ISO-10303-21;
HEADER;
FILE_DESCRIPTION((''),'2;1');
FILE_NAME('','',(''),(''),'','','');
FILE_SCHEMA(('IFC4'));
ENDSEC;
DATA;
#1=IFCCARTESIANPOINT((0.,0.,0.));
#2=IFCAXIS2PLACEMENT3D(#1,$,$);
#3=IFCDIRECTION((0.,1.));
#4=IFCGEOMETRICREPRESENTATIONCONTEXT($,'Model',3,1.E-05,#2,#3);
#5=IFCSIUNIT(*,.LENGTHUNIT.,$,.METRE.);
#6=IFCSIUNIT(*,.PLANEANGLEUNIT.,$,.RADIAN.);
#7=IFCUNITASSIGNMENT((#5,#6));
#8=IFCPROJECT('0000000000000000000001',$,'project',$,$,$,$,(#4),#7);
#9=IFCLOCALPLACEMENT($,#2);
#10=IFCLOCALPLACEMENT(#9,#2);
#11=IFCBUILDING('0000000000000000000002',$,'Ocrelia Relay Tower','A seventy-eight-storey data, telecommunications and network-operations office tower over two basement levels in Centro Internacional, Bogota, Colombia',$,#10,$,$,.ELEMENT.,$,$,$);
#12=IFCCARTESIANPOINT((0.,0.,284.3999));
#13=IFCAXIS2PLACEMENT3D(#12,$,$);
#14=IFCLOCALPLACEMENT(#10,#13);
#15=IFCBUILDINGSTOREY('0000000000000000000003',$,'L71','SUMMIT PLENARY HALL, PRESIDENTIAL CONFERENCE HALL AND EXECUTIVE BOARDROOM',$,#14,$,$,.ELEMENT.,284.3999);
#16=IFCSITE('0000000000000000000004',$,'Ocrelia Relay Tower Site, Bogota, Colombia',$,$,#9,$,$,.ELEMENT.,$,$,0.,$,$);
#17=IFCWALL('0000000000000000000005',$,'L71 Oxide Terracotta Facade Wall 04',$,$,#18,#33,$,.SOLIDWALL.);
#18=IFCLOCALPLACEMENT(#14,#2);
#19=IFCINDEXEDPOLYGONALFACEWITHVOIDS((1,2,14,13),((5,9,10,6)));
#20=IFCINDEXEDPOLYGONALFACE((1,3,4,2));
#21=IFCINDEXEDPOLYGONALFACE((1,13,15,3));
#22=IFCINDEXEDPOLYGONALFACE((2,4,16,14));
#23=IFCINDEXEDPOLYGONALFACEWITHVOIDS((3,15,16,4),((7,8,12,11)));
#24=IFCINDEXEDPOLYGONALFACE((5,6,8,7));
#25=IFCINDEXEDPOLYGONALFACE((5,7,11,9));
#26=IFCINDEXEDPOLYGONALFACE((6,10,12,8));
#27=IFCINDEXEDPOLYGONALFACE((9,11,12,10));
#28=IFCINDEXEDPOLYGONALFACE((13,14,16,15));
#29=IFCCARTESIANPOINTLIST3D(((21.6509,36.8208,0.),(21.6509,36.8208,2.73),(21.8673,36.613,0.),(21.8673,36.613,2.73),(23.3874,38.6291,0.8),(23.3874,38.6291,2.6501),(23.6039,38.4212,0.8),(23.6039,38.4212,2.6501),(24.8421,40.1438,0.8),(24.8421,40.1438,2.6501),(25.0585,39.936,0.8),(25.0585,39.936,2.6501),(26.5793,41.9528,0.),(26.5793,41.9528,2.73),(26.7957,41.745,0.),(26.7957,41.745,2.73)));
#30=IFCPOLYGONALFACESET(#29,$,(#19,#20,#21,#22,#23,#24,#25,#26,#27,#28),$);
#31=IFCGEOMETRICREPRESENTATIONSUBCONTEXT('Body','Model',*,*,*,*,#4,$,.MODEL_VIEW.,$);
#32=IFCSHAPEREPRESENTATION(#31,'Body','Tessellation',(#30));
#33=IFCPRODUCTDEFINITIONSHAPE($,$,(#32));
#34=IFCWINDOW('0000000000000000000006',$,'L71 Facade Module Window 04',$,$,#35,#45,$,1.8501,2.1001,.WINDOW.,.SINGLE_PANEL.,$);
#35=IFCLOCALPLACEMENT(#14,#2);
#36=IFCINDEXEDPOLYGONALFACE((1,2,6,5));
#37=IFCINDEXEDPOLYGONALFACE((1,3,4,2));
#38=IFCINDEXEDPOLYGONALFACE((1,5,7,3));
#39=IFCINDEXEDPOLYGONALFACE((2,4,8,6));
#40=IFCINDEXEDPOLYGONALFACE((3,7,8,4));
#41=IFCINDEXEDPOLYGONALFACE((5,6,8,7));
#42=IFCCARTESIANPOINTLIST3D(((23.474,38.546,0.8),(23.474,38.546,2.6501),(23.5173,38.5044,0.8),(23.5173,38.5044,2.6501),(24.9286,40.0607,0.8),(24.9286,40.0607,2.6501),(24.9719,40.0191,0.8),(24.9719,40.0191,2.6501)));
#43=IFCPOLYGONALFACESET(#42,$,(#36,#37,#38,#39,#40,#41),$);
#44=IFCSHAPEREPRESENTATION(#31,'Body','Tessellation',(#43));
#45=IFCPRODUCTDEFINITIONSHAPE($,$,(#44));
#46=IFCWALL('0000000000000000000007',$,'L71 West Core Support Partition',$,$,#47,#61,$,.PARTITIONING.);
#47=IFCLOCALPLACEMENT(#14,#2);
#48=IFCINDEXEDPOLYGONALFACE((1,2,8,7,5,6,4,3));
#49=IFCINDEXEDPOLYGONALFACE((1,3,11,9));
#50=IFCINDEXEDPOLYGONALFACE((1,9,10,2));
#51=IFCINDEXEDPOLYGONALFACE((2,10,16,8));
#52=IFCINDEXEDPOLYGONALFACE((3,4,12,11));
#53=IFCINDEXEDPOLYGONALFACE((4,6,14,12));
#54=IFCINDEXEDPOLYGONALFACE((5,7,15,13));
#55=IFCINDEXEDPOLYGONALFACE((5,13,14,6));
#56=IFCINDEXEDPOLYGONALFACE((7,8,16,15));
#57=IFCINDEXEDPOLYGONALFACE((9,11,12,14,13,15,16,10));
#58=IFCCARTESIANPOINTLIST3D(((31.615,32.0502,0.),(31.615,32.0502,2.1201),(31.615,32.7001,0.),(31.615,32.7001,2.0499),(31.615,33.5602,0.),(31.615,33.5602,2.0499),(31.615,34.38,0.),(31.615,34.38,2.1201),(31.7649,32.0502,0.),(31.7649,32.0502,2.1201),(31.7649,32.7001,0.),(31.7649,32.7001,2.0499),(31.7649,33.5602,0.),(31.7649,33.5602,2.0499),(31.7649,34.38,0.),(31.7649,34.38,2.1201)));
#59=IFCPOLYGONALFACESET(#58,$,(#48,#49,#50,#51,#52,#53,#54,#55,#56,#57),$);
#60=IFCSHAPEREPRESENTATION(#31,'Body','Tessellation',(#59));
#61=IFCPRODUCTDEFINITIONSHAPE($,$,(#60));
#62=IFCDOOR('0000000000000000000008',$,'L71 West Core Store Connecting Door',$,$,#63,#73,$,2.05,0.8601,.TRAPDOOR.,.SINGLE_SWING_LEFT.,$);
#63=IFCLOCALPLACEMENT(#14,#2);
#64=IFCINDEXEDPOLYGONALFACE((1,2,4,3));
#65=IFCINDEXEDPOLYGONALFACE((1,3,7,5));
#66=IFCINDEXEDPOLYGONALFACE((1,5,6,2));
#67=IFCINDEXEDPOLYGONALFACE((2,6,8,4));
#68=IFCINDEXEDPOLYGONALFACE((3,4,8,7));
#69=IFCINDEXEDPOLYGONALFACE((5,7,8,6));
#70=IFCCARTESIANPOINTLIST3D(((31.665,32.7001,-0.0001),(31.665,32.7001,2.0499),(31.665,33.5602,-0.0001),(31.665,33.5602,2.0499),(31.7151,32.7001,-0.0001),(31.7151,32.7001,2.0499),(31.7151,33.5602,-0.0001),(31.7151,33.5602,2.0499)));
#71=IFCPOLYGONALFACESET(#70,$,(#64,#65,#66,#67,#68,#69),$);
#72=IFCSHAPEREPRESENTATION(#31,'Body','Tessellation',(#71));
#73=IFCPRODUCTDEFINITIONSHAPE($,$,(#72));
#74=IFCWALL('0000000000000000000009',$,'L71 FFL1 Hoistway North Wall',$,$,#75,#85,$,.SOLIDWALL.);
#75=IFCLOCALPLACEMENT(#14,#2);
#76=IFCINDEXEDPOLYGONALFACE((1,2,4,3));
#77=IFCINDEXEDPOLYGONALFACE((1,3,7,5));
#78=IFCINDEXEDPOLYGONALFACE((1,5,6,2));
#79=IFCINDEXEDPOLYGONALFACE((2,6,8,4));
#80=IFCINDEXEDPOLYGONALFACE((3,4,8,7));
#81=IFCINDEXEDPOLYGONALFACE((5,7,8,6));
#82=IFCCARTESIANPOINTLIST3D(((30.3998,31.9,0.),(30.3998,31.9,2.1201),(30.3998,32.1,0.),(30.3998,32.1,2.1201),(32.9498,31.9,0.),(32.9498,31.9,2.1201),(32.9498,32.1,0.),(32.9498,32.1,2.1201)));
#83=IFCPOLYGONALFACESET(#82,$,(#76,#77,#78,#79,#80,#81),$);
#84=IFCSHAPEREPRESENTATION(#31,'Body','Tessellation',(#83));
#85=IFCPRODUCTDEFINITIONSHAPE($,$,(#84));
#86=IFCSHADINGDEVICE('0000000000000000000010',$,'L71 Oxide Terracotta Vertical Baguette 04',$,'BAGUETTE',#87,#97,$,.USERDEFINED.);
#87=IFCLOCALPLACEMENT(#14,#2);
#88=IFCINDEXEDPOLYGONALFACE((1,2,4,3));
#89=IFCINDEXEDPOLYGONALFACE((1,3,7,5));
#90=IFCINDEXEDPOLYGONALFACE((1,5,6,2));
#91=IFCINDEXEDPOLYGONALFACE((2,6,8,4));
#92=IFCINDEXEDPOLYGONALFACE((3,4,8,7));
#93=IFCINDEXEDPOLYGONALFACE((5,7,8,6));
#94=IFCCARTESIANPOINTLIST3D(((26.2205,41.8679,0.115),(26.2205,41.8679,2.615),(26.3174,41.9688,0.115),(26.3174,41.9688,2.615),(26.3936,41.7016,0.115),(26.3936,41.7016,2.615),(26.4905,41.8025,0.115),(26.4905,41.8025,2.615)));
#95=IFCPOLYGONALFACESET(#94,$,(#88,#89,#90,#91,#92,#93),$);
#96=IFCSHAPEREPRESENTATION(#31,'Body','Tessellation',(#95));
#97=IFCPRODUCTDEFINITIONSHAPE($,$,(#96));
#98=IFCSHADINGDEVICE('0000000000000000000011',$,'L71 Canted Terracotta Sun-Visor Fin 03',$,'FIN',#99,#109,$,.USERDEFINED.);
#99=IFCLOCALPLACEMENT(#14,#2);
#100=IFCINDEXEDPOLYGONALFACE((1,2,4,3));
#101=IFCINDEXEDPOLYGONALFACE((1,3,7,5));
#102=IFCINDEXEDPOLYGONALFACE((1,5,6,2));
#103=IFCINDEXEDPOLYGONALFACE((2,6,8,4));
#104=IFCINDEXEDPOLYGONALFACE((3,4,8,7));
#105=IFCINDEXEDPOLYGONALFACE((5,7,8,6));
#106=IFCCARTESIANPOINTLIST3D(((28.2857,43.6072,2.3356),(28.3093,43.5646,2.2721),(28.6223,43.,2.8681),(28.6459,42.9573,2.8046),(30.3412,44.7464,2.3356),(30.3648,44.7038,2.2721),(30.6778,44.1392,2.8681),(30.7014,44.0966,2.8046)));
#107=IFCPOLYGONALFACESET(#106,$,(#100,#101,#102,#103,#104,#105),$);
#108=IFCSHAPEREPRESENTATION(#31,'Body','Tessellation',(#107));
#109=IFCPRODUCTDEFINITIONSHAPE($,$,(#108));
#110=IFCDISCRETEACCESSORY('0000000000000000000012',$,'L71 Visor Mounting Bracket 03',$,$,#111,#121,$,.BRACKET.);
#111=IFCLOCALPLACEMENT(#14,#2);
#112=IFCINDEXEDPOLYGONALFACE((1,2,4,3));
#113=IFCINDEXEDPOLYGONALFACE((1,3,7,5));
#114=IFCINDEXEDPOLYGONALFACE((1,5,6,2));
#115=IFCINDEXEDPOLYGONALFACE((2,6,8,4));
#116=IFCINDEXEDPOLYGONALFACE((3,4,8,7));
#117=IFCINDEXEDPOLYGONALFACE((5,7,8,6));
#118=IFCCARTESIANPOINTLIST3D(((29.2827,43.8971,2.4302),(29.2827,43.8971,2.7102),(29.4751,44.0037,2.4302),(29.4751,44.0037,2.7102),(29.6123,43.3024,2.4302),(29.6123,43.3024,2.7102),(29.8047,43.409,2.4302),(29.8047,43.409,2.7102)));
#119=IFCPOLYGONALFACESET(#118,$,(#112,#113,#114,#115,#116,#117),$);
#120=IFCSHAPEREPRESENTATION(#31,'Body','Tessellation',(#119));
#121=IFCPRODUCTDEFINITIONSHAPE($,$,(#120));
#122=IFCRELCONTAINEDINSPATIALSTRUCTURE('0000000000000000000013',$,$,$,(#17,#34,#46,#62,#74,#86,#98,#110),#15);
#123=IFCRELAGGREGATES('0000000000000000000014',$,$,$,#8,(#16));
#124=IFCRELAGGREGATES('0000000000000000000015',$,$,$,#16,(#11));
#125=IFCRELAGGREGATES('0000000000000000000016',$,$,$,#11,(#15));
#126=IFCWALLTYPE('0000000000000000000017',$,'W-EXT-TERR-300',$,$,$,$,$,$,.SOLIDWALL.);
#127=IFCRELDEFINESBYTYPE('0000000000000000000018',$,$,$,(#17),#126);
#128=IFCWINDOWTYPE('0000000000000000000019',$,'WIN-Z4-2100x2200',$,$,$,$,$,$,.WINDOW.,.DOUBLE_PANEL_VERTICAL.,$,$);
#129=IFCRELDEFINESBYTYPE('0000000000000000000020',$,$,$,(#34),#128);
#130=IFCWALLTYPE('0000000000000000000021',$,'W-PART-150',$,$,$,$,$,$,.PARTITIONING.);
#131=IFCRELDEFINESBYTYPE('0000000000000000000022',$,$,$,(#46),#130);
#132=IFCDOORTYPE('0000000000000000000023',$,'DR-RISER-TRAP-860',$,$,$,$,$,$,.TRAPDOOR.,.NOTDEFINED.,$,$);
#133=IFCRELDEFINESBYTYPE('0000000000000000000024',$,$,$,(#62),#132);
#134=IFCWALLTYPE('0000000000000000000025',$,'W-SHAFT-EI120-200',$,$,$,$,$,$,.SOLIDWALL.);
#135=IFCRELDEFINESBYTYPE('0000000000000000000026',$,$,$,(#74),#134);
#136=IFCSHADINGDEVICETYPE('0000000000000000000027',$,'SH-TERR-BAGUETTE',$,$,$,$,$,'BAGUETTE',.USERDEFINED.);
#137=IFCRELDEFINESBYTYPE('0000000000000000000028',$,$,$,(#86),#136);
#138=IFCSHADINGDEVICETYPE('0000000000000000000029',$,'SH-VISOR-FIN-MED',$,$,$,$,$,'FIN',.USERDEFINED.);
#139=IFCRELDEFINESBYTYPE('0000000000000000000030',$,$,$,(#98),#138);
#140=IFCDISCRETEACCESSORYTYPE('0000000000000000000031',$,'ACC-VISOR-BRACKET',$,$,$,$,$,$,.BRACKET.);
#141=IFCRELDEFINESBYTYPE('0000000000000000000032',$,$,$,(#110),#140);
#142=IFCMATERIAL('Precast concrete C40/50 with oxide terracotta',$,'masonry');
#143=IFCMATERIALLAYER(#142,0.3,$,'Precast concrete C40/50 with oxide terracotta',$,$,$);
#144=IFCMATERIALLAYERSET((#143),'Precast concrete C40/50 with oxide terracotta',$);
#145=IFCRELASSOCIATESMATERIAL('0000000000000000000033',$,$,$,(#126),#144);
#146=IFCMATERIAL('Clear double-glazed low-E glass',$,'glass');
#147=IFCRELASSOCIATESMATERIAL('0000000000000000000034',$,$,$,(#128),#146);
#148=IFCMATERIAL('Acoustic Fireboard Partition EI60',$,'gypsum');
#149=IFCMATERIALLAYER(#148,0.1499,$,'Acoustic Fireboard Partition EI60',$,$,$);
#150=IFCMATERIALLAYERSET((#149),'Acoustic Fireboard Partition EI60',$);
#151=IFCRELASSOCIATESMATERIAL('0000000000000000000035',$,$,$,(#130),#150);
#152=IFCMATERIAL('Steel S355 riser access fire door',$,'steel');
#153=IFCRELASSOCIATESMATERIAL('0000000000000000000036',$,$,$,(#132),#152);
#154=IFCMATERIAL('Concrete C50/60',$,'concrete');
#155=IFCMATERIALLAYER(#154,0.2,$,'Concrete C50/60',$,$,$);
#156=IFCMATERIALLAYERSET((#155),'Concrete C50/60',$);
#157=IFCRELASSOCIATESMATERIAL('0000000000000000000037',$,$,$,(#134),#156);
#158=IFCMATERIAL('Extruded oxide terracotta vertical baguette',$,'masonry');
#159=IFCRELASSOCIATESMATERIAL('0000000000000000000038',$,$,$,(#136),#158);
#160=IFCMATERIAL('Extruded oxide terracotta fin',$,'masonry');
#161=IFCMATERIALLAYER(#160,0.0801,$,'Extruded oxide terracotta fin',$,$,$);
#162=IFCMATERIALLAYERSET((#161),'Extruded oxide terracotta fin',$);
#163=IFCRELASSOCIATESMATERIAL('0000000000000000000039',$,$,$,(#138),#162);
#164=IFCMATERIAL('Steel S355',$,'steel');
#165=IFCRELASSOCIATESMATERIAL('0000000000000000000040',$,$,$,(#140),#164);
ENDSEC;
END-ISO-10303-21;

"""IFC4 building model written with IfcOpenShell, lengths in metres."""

from ifc_helpers import new_model, si_unit, direction, frame, frame_2d, origin, origin_2d, place, context, subcontext, project, spatial, rectangle, extrude, material, layer, layer_set, type_object, element, fill, save


model = new_model("IFC4")

# Units and contexts
model_context = context("Model", 3, precision=1e-05, world=origin(), true_north=direction((0.0, 1.0)))
body_context = subcontext(model_context, "Body", "Model", "MODEL_VIEW")
ifc_project = project(units=[si_unit("LENGTHUNIT", "METRE"), si_unit("PLANEANGLEUNIT", "RADIAN")], contexts=[model_context])

# Site, building, storey
site_placement = place(None, origin())
site = spatial("IfcSite", under=ifc_project, at=site_placement, Name="Ocrelia Relay Tower Site, Bogota, Colombia", CompositionType="ELEMENT", RefElevation=0.0)
building_placement = place(site_placement, origin())
building = spatial("IfcBuilding", under=site, at=building_placement, Name="Ocrelia Relay Tower", Description="A seventy-eight-storey data, telecommunications and network-operations office tower over two basement levels in Centro Internacional, Bogota, Colombia", CompositionType="ELEMENT")
storey_placement = place(building_placement, frame((0.0, 0.0, 284.3999)))
storey = spatial("IfcBuildingStorey", under=building, at=storey_placement, Name="L71", Description="SUMMIT PLENARY HALL, PRESIDENTIAL CONFERENCE HALL AND EXECUTIVE BOARDROOM", CompositionType="ELEMENT", Elevation=284.3999)

# Shared definitions
ifc_material_1 = material(Name="Concrete C50/60", Category="concrete")

# Shared definitions
ifc_material_2 = material(Name="Steel S355", Category="steel")

# Wall, opening, window
ifc_material_3 = material(Name="Precast concrete C40/50 with oxide terracotta", Category="masonry")
ifc_layer_1 = layer(ifc_material_3, 0.3, Name="Precast concrete C40/50 with oxide terracotta")
ifc_layer_set_1 = layer_set([ifc_layer_1], Name="Precast concrete C40/50 with oxide terracotta")
wall_type_1 = type_object("IfcWallType", Name="W-EXT-TERR-300", PredefinedType="SOLIDWALL", material=ifc_layer_set_1)
wall_1_placement = place(storey_placement, frame((26.6875, 41.8489, 0.0), z_axis=(0.0, 0.0, 1.0), x_axis=(-0.692654, -0.72127, 0.0)))
wall_1 = element("IfcWall", 1, at=wall_1_placement, inside=storey, type_object=wall_type_1, Name="L71 Oxide Terracotta Facade Wall 04", PredefinedType="SOLIDWALL", context=body_context, shape_type="SweptSolid", body=[
    extrude(rectangle(XDim=7.1152, YDim=0.3, at=frame_2d((3.5576, 0.0))), origin(), (0.0, 0.0, 1.0), 2.73),
])
opening_1_placement = place(wall_1_placement, frame((2.5081, 0.0, 0.8)))
opening_1 = element("IfcOpeningElement", 2, at=opening_1_placement, cuts=wall_1, PredefinedType="OPENING", context=body_context, shape_type="SweptSolid", body=[
    extrude(rectangle(XDim=2.1001, YDim=1.8501, at=frame_2d((1.05, 0.925))), frame((0.0, 0.1602, 0.0), z_axis=(0.0, -1.0, 0.0), x_axis=(1.0, 0.0, 0.0)), (0.0, 0.0, 1.0), 0.3201),
])
ifc_material_4 = material(Name="Clear double-glazed low-E glass", Category="glass")
window_type = type_object("IfcWindowType", Name="WIN-Z4-2100x2200", PartitioningType="DOUBLE_PANEL_VERTICAL", PredefinedType="WINDOW", material=ifc_material_4)
window_placement = place(opening_1_placement, origin())
window = element("IfcWindow", 3, at=window_placement, inside=storey, type_object=window_type, Name="L71 Facade Module Window 04", OverallHeight=1.8501, OverallWidth=2.1001, PartitioningType="SINGLE_PANEL", PredefinedType="WINDOW", context=body_context, shape_type="SweptSolid", body=[
    extrude(rectangle(XDim=2.1001, YDim=1.8501, at=frame_2d((1.05, 0.925))), frame((0.0, 0.03, 0.0), z_axis=(0.0, -1.0, 0.0), x_axis=(1.0, 0.0, 0.0)), (0.0, 0.0, 1.0), 0.0601),
])
fill(opening_1, window)

# Wall, opening, door
ifc_material_5 = material(Name="Acoustic Fireboard Partition EI60", Category="gypsum")
ifc_layer_2 = layer(ifc_material_5, 0.1499, Name="Acoustic Fireboard Partition EI60")
ifc_layer_set_2 = layer_set([ifc_layer_2], Name="Acoustic Fireboard Partition EI60")
wall_type_2 = type_object("IfcWallType", Name="W-PART-150", PredefinedType="PARTITIONING", material=ifc_layer_set_2)
wall_2_placement = place(storey_placement, frame((31.6899, 32.05, 0.0), z_axis=(0.0, 0.0, 1.0), x_axis=(0.0, 1.0, 0.0)))
wall_2 = element("IfcWall", 4, at=wall_2_placement, inside=storey, type_object=wall_type_2, Name="L71 West Core Support Partition", PredefinedType="PARTITIONING", context=body_context, shape_type="SweptSolid", body=[
    extrude(rectangle(XDim=2.3298, YDim=0.1499, at=frame_2d((1.165, 0.0))), origin(), (0.0, 0.0, 1.0), 2.1201),
])
opening_2_placement = place(wall_2_placement, frame((0.6499, 0.0, 0.0)))
opening_2 = element("IfcOpeningElement", 5, at=opening_2_placement, cuts=wall_2, PredefinedType="OPENING", context=body_context, shape_type="SweptSolid", body=[
    extrude(rectangle(XDim=0.8601, YDim=2.05, at=frame_2d((0.4302, 1.0249))), frame((0.0, 0.085, 0.0), z_axis=(0.0, -1.0, 0.0), x_axis=(1.0, 0.0, 0.0)), (0.0, 0.0, 1.0), 0.1699),
])
ifc_material_6 = material(Name="Steel S355 riser access fire door", Category="steel")
door_type_1 = type_object("IfcDoorType", Name="DR-RISER-TRAP-860", OperationType="NOTDEFINED", PredefinedType="TRAPDOOR", material=ifc_material_6)
door_1_placement = place(opening_2_placement, origin())
door_1 = element("IfcDoor", 6, at=door_1_placement, inside=storey, type_object=door_type_1, Name="L71 West Core Store Connecting Door", OperationType="SINGLE_SWING_LEFT", OverallHeight=2.05, OverallWidth=0.8601, PredefinedType="TRAPDOOR", context=body_context, shape_type="SweptSolid", body=[
    extrude(rectangle(XDim=0.8601, YDim=2.05, at=frame_2d((0.4302, 1.0249))), frame((0.0, 0.0249, 0.0), z_axis=(0.0, -1.0, 0.0), x_axis=(1.0, 0.0, 0.0)), (0.0, 0.0, 1.0), 0.05),
])
fill(opening_2, door_1)

# Wall
ifc_layer_3 = layer(ifc_material_1, 0.2, Name="Concrete C50/60")
ifc_layer_set_3 = layer_set([ifc_layer_3], Name="Concrete C50/60")
wall_type_3 = type_object("IfcWallType", Name="W-SHAFT-EI120-200", PredefinedType="SOLIDWALL", material=ifc_layer_set_3)
wall_3_placement = place(storey_placement, frame((30.3999, 32.0, 0.0), z_axis=(0.0, 0.0, 1.0), x_axis=(1.0, 0.0, 0.0)))
element("IfcWall", 7, at=wall_3_placement, inside=storey, type_object=wall_type_3, Name="L71 FFL1 Hoistway North Wall", PredefinedType="SOLIDWALL", context=body_context, shape_type="SweptSolid", body=[
    extrude(rectangle(XDim=2.55, YDim=0.2, at=frame_2d((1.2749, 0.0))), origin(), (0.0, 0.0, 1.0), 2.1201),
])

# Shading devices
ifc_material_7 = material(Name="Extruded oxide terracotta vertical baguette", Category="masonry")
shading_device_type_1 = type_object("IfcShadingDeviceType", Name="SH-TERR-BAGUETTE", ElementType="BAGUETTE", PredefinedType="USERDEFINED", material=ifc_material_7)
shading_device_1_placement = place(storey_placement, frame((26.3555, 41.8352, 0.115), z_axis=(0.0, 0.0, 1.0), x_axis=(-0.692662, -0.721262, 0.0)))
element("IfcShadingDevice", 8, at=shading_device_1_placement, inside=storey, type_object=shading_device_type_1, Name="L71 Oxide Terracotta Vertical Baguette 04", ObjectType="BAGUETTE", PredefinedType="USERDEFINED", context=body_context, shape_type="SweptSolid", body=[
    extrude(rectangle(XDim=0.1399, YDim=0.24, at=origin_2d()), origin(), (0.0, 0.0, 1.0), 2.5),
])
ifc_material_8 = material(Name="Extruded oxide terracotta fin", Category="masonry")
ifc_layer_4 = layer(ifc_material_8, 0.0801, Name="Extruded oxide terracotta fin")
ifc_layer_set_4 = layer_set([ifc_layer_4], Name="Extruded oxide terracotta fin")
shading_device_type_2 = type_object("IfcShadingDeviceType", Name="SH-VISOR-FIN-MED", ElementType="FIN", PredefinedType="USERDEFINED", material=ifc_layer_set_4)
shading_device_2_placement = place(storey_placement, frame((29.5054, 43.8306, 2.5383), z_axis=(-0.295034, 0.532331, 0.79346), x_axis=(-0.874649, -0.484757, 0.0)))
element("IfcShadingDevice", 9, at=shading_device_2_placement, inside=storey, type_object=shading_device_type_2, Name="L71 Canted Terracotta Sun-Visor Fin 03", ObjectType="FIN", PredefinedType="USERDEFINED", context=body_context, shape_type="SweptSolid", body=[
    extrude(rectangle(XDim=2.3501, YDim=0.875, at=origin_2d()), origin(), (0.0, 0.0, 1.0), 0.0801),
])

# Discrete accessory
discrete_accessory_type = type_object("IfcDiscreteAccessoryType", Name="ACC-VISOR-BRACKET", PredefinedType="BRACKET", material=ifc_material_2)
discrete_accessory_placement = place(storey_placement, frame((29.5437, 43.6531, 2.4302), z_axis=(0.0, 0.0, 1.0), x_axis=(-0.874649, -0.484757, 0.0)))
element("IfcDiscreteAccessory", 10, at=discrete_accessory_placement, inside=storey, type_object=discrete_accessory_type, Name="L71 Visor Mounting Bracket 03", PredefinedType="BRACKET", context=body_context, shape_type="SweptSolid", body=[
    extrude(rectangle(XDim=0.22, YDim=0.6799, at=origin_2d()), origin(), (0.0, 0.0, 1.0), 0.28),
])

save(model, "model.ifc")
